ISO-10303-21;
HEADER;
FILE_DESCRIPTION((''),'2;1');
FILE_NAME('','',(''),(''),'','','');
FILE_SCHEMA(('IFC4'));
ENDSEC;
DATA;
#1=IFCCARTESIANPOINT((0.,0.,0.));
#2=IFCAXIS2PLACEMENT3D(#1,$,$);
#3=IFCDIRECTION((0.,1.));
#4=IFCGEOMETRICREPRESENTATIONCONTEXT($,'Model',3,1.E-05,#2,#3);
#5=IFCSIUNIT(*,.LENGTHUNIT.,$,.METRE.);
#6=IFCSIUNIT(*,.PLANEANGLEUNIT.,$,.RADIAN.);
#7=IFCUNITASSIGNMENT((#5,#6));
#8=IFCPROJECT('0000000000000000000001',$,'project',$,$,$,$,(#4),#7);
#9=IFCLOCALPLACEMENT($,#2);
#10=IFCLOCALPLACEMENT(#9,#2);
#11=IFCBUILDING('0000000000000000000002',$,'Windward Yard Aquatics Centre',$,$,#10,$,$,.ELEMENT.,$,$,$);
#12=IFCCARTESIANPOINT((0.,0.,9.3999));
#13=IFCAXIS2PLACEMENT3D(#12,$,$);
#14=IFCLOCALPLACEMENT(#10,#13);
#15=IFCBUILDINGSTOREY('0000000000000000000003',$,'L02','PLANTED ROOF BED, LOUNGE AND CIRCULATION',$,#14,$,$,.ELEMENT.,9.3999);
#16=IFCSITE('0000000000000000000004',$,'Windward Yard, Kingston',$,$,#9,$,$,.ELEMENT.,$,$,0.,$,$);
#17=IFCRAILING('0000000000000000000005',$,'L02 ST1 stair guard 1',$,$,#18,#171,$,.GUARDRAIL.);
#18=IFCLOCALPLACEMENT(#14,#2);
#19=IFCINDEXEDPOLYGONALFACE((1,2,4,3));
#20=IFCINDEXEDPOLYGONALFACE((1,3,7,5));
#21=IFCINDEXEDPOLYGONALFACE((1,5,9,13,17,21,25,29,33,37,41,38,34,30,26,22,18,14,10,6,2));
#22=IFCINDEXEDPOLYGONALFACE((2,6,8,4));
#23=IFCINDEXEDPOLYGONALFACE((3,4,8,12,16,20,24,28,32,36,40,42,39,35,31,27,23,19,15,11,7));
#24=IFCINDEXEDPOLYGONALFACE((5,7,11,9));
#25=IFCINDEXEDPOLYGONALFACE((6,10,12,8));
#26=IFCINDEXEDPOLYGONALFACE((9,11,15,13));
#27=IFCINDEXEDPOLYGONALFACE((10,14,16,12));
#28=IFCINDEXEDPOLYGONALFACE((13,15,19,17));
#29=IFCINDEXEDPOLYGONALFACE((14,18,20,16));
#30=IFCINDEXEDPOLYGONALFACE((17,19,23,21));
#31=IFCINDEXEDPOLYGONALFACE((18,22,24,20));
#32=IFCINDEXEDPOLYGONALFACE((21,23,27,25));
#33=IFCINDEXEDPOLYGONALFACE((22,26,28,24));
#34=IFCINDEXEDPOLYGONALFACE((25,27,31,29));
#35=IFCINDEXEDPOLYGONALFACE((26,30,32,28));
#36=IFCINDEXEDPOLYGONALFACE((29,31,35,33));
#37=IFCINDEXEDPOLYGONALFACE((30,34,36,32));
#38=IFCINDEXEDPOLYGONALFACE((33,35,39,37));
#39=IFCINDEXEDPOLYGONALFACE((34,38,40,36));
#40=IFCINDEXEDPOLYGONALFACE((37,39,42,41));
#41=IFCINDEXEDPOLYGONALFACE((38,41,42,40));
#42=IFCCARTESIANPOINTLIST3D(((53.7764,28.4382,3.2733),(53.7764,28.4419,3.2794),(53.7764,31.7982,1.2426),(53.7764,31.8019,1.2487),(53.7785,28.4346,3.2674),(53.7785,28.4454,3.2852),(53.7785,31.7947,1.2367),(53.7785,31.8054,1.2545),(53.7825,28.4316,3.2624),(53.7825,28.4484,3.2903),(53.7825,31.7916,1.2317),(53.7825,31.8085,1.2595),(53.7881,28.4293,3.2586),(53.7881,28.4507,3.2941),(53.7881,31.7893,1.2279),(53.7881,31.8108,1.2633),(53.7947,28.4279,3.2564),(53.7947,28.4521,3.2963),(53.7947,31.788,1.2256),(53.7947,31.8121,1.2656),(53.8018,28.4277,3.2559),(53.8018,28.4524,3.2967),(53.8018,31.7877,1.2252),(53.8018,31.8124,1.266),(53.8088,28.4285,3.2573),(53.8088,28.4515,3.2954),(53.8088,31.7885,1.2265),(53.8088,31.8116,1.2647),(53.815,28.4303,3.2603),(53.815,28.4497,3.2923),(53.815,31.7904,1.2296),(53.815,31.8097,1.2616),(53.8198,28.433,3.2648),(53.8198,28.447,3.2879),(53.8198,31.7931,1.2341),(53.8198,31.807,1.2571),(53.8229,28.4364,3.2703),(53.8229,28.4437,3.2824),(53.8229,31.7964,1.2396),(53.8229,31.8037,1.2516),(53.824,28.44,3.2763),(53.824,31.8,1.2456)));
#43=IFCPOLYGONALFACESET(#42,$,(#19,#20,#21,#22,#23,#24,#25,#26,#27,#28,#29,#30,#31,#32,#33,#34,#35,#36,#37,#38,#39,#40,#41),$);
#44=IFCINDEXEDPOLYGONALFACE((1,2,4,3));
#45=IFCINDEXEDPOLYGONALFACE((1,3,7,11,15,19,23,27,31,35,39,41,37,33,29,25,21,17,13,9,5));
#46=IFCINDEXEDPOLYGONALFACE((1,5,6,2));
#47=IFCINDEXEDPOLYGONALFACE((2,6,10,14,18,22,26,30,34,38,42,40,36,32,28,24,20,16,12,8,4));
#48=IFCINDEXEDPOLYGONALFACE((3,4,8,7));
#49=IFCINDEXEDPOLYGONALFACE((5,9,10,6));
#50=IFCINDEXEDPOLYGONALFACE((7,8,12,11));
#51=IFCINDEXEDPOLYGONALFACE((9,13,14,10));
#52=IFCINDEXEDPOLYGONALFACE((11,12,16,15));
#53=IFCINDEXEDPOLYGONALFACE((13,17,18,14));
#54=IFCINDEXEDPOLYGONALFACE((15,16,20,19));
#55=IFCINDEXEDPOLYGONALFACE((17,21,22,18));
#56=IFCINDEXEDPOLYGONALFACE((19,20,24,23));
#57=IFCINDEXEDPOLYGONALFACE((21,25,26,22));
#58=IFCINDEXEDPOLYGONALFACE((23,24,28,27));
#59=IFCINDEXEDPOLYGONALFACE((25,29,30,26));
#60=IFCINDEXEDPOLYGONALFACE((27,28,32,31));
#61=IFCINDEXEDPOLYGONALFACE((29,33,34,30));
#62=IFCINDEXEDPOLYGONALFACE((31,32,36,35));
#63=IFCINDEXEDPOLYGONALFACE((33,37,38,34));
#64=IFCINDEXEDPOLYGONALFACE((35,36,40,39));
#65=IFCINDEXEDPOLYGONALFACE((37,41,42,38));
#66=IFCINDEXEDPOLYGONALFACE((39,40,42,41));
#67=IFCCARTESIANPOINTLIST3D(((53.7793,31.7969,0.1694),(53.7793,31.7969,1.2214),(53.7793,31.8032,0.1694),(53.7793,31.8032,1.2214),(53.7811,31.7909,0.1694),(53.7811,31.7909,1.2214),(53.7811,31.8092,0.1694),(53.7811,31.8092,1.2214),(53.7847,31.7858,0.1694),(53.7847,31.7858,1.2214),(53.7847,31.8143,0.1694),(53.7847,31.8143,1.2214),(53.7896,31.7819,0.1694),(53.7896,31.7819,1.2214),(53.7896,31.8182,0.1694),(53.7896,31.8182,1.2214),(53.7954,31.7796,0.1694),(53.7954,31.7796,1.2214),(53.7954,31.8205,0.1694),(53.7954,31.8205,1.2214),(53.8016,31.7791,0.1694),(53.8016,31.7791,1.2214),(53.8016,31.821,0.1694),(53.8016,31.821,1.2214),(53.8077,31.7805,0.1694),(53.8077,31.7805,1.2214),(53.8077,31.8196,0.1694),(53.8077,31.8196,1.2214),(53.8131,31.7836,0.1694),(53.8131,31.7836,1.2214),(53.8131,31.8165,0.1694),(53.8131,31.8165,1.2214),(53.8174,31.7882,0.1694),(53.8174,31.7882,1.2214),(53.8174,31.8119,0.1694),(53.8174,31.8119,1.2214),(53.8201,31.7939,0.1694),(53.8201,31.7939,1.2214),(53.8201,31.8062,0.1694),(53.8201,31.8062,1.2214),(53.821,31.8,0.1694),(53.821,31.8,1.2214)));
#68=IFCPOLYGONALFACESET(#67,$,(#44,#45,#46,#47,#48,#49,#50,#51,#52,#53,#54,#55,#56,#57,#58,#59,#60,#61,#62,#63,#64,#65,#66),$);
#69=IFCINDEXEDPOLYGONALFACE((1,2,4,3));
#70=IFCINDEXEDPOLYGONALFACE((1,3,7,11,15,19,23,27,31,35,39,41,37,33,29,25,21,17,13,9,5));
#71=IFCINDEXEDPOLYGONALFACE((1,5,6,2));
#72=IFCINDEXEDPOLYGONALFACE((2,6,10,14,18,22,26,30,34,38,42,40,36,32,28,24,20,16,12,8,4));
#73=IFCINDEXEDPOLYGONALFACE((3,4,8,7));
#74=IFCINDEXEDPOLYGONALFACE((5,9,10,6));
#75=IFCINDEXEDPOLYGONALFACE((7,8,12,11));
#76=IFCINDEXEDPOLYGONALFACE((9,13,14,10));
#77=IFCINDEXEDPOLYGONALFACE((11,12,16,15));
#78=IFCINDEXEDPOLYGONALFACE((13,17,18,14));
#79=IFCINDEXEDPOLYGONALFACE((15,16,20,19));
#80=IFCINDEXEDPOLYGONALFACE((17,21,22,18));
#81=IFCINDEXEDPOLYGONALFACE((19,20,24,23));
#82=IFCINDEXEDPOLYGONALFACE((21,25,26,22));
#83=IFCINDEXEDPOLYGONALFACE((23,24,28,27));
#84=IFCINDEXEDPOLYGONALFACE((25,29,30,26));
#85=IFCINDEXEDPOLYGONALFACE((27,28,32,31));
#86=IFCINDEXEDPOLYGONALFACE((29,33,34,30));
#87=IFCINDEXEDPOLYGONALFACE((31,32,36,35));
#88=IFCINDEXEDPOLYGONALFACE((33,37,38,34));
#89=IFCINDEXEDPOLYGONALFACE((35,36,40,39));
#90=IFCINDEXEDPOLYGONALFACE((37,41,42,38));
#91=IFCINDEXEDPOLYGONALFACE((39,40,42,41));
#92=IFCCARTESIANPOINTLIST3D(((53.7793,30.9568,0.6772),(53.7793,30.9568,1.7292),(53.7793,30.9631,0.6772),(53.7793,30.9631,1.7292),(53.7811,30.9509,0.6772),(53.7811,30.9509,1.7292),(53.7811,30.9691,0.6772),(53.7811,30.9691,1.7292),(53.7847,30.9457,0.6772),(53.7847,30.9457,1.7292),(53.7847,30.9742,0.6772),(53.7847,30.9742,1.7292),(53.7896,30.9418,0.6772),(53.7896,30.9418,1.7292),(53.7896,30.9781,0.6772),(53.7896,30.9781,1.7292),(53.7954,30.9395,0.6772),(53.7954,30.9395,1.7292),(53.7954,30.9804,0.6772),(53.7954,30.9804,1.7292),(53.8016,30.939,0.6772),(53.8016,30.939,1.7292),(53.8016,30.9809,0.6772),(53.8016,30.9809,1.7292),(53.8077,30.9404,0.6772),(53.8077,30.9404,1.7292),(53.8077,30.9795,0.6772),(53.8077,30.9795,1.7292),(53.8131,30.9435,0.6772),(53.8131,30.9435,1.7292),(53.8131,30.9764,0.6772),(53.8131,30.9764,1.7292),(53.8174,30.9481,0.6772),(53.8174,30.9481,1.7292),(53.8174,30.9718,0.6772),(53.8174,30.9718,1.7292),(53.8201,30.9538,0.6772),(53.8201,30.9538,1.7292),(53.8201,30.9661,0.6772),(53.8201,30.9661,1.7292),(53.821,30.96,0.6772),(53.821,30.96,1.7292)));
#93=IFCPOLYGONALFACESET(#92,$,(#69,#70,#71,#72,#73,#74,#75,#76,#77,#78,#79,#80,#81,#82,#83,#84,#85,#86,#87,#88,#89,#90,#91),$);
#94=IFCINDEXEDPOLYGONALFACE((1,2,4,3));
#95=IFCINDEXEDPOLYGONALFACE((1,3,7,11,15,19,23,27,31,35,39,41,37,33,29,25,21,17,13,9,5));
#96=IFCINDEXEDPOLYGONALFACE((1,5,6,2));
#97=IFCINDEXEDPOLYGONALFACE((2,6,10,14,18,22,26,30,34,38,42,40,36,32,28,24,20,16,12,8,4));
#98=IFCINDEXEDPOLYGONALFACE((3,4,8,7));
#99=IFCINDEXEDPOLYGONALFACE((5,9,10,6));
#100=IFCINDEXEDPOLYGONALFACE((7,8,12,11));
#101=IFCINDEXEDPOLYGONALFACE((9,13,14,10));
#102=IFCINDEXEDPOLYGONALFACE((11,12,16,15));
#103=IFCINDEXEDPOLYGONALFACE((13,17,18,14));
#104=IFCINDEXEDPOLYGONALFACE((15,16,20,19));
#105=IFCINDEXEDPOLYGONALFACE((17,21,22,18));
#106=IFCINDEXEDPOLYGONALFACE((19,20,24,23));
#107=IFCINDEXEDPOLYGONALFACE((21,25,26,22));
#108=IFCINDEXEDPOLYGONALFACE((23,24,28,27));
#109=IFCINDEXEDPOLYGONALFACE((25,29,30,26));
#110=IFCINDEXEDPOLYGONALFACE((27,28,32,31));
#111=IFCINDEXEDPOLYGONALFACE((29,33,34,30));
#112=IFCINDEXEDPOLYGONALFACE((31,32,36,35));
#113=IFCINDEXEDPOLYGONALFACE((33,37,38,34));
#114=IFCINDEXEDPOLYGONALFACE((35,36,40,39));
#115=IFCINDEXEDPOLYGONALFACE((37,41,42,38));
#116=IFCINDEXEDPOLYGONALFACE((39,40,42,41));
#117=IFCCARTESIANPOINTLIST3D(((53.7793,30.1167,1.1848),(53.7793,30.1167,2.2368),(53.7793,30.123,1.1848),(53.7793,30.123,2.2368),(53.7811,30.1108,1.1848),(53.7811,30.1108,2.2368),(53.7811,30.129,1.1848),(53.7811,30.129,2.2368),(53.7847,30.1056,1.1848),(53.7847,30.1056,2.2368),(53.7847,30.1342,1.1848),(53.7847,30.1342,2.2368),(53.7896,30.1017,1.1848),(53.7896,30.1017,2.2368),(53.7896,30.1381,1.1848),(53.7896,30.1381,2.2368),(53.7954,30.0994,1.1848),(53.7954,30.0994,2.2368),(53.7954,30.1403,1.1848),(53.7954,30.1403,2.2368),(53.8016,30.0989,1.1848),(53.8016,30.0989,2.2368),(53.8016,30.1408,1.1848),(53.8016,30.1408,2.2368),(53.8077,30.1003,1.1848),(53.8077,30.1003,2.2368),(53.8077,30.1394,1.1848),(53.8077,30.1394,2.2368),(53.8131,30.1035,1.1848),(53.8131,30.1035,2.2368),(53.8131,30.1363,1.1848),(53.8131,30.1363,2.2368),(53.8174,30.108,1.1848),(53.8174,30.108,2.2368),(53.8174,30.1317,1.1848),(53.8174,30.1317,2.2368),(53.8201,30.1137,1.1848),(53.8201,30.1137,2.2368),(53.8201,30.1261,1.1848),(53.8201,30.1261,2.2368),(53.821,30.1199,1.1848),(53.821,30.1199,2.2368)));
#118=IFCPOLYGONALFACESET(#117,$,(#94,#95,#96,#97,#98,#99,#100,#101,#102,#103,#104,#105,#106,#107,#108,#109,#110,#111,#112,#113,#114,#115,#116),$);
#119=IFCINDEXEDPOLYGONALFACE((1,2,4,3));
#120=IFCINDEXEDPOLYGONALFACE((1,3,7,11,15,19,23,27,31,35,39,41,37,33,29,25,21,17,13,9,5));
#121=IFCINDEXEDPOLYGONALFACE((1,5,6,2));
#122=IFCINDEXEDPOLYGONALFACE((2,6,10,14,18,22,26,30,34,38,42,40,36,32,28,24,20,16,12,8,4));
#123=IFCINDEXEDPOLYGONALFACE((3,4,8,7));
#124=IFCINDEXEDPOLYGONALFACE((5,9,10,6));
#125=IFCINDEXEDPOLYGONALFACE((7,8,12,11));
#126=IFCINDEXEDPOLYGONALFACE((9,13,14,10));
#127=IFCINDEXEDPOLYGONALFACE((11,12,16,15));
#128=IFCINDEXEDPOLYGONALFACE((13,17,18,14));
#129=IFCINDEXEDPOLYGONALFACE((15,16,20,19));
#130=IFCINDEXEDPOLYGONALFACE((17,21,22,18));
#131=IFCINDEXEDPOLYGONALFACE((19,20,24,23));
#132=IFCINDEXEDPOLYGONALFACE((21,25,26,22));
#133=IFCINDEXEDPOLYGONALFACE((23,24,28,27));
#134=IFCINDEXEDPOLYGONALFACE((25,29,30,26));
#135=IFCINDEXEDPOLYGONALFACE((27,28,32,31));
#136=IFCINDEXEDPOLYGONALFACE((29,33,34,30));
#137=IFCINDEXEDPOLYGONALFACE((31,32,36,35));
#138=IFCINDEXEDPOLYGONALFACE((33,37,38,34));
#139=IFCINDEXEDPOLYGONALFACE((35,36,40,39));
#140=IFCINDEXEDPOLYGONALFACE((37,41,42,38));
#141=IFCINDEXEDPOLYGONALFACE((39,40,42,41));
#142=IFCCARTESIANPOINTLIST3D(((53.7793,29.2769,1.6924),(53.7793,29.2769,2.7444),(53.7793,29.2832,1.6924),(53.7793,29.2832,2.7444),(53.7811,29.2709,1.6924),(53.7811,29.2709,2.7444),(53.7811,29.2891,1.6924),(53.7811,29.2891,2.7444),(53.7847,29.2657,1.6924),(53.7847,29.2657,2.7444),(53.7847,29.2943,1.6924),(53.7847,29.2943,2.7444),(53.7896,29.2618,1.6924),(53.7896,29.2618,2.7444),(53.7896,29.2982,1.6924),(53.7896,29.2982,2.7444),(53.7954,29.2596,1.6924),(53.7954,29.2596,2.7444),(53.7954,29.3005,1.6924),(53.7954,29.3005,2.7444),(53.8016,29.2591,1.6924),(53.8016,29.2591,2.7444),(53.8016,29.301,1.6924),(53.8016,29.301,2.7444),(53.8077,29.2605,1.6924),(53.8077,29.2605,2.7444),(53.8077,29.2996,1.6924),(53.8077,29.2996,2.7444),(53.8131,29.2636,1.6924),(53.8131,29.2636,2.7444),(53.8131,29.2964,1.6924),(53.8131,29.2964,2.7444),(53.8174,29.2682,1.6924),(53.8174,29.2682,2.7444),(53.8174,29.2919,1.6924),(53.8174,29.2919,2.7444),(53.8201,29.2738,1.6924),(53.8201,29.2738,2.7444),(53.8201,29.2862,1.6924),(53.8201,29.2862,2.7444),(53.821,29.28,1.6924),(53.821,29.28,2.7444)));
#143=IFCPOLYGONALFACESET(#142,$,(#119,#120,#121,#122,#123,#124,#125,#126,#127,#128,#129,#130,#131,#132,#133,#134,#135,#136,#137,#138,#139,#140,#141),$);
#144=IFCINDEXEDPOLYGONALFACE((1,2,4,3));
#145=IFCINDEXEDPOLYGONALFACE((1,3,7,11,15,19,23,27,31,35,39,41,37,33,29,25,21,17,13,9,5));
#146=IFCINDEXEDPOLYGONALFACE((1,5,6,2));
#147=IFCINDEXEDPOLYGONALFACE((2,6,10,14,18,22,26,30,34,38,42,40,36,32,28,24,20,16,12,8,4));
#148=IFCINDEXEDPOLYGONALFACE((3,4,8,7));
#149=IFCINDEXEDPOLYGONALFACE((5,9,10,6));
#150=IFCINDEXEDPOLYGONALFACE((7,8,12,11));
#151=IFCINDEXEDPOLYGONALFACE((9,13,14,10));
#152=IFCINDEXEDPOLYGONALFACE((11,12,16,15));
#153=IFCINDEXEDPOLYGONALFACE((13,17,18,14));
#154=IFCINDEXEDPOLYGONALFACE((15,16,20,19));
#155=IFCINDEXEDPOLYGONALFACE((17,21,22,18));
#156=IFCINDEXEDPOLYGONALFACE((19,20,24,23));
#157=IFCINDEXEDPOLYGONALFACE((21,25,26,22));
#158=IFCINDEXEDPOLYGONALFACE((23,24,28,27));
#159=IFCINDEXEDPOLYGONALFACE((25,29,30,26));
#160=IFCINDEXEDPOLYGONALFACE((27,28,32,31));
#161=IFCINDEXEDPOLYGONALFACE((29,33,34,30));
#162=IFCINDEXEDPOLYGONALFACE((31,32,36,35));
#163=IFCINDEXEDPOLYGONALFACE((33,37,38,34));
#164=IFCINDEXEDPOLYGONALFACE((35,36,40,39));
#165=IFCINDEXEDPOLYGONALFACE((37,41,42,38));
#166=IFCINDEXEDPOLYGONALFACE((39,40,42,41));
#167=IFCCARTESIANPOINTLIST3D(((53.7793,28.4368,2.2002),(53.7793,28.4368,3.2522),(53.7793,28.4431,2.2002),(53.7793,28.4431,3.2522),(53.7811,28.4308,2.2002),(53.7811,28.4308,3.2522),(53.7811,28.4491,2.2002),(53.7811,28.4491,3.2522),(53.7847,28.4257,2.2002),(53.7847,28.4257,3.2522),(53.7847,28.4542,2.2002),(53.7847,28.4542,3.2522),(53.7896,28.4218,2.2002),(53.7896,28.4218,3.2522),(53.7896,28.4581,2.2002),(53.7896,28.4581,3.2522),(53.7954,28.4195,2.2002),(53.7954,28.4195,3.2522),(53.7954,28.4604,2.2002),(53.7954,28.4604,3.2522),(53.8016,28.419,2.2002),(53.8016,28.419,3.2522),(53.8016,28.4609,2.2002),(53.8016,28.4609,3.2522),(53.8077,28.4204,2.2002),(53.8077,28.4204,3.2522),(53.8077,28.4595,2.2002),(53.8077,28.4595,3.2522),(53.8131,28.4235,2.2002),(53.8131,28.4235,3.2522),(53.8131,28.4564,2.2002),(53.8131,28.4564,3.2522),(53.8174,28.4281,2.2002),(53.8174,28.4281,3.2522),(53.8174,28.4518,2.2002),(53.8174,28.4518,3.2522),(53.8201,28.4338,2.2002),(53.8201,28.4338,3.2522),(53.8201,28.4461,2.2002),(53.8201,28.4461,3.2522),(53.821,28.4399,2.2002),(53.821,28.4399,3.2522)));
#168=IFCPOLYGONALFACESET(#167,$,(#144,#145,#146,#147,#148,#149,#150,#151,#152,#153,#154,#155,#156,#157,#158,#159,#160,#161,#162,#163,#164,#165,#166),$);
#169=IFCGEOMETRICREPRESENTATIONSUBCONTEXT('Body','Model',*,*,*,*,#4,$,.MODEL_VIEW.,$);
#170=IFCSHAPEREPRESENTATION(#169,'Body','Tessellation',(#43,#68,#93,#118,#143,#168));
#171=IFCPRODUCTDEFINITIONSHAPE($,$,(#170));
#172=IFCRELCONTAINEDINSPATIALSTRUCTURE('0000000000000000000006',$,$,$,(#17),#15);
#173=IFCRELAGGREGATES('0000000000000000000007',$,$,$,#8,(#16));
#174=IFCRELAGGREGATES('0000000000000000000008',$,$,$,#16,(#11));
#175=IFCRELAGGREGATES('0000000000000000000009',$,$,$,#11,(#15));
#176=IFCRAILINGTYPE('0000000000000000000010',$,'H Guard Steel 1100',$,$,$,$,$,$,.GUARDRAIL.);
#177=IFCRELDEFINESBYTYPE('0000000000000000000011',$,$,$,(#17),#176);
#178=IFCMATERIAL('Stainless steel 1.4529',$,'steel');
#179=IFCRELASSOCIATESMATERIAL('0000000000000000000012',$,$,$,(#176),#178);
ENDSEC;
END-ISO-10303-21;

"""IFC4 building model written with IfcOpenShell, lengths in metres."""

from ifc_helpers import new_model, si_unit, direction, frame, origin, origin_2d, place, context, subcontext, project, spatial, circle, extrude, material, type_object, element, save


model = new_model("IFC4")

# Units and contexts
model_context = context("Model", 3, precision=1e-05, world=origin(), true_north=direction((0.0, 1.0)))
body_context = subcontext(model_context, "Body", "Model", "MODEL_VIEW")
ifc_project = project(units=[si_unit("LENGTHUNIT", "METRE"), si_unit("PLANEANGLEUNIT", "RADIAN")], contexts=[model_context])

# Site, building, storey
site_placement = place(None, origin())
site = spatial("IfcSite", under=ifc_project, at=site_placement, Name="Windward Yard, Kingston", CompositionType="ELEMENT", RefElevation=0.0)
building_placement = place(site_placement, origin())
building = spatial("IfcBuilding", under=site, at=building_placement, Name="Windward Yard Aquatics Centre", CompositionType="ELEMENT")
storey_placement = place(building_placement, frame((0.0, 0.0, 9.3999)))
storey = spatial("IfcBuildingStorey", under=building, at=storey_placement, Name="L02", Description="PLANTED ROOF BED, LOUNGE AND CIRCULATION", CompositionType="ELEMENT", Elevation=9.3999)

# Railing
ifc_material_1 = material(Name="Stainless steel 1.4529", Category="steel")
railing_type_1 = type_object("IfcRailingType", Name="H Guard Steel 1100", PredefinedType="GUARDRAIL", material=ifc_material_1)
railing_1_placement = place(storey_placement, frame((53.8, 31.8, 0.1694)))
element("IfcRailing", 1, at=railing_1_placement, inside=storey, type_object=railing_type_1, Name="L02 ST1 stair guard 1", PredefinedType="GUARDRAIL", context=body_context, shape_type="SweptSolid", body=[
    extrude(circle(Radius=0.0239, at=origin_2d()), frame((0.0, 0.0, 1.0762), z_axis=(0.0, -0.855837, 0.517246), x_axis=(1.0, 0.0, 0.0)), (0.0, 0.0, 1.0), 3.926),
    extrude(circle(Radius=0.021, at=origin_2d()), origin(), (0.0, 0.0, 1.0), 1.052),
    extrude(circle(Radius=0.021, at=origin_2d()), frame((0.0, -0.8401, 0.5078)), (0.0, 0.0, 1.0), 1.052),
    extrude(circle(Radius=0.021, at=origin_2d()), frame((0.0, -1.6802, 1.0154)), (0.0, 0.0, 1.0), 1.052),
    extrude(circle(Radius=0.021, at=origin_2d()), frame((0.0, -2.52, 1.5229)), (0.0, 0.0, 1.0), 1.052),
    extrude(circle(Radius=0.021, at=origin_2d()), frame((0.0, -3.3601, 2.0308)), (0.0, 0.0, 1.0), 1.052),
])

save(model, "model.ifc")
